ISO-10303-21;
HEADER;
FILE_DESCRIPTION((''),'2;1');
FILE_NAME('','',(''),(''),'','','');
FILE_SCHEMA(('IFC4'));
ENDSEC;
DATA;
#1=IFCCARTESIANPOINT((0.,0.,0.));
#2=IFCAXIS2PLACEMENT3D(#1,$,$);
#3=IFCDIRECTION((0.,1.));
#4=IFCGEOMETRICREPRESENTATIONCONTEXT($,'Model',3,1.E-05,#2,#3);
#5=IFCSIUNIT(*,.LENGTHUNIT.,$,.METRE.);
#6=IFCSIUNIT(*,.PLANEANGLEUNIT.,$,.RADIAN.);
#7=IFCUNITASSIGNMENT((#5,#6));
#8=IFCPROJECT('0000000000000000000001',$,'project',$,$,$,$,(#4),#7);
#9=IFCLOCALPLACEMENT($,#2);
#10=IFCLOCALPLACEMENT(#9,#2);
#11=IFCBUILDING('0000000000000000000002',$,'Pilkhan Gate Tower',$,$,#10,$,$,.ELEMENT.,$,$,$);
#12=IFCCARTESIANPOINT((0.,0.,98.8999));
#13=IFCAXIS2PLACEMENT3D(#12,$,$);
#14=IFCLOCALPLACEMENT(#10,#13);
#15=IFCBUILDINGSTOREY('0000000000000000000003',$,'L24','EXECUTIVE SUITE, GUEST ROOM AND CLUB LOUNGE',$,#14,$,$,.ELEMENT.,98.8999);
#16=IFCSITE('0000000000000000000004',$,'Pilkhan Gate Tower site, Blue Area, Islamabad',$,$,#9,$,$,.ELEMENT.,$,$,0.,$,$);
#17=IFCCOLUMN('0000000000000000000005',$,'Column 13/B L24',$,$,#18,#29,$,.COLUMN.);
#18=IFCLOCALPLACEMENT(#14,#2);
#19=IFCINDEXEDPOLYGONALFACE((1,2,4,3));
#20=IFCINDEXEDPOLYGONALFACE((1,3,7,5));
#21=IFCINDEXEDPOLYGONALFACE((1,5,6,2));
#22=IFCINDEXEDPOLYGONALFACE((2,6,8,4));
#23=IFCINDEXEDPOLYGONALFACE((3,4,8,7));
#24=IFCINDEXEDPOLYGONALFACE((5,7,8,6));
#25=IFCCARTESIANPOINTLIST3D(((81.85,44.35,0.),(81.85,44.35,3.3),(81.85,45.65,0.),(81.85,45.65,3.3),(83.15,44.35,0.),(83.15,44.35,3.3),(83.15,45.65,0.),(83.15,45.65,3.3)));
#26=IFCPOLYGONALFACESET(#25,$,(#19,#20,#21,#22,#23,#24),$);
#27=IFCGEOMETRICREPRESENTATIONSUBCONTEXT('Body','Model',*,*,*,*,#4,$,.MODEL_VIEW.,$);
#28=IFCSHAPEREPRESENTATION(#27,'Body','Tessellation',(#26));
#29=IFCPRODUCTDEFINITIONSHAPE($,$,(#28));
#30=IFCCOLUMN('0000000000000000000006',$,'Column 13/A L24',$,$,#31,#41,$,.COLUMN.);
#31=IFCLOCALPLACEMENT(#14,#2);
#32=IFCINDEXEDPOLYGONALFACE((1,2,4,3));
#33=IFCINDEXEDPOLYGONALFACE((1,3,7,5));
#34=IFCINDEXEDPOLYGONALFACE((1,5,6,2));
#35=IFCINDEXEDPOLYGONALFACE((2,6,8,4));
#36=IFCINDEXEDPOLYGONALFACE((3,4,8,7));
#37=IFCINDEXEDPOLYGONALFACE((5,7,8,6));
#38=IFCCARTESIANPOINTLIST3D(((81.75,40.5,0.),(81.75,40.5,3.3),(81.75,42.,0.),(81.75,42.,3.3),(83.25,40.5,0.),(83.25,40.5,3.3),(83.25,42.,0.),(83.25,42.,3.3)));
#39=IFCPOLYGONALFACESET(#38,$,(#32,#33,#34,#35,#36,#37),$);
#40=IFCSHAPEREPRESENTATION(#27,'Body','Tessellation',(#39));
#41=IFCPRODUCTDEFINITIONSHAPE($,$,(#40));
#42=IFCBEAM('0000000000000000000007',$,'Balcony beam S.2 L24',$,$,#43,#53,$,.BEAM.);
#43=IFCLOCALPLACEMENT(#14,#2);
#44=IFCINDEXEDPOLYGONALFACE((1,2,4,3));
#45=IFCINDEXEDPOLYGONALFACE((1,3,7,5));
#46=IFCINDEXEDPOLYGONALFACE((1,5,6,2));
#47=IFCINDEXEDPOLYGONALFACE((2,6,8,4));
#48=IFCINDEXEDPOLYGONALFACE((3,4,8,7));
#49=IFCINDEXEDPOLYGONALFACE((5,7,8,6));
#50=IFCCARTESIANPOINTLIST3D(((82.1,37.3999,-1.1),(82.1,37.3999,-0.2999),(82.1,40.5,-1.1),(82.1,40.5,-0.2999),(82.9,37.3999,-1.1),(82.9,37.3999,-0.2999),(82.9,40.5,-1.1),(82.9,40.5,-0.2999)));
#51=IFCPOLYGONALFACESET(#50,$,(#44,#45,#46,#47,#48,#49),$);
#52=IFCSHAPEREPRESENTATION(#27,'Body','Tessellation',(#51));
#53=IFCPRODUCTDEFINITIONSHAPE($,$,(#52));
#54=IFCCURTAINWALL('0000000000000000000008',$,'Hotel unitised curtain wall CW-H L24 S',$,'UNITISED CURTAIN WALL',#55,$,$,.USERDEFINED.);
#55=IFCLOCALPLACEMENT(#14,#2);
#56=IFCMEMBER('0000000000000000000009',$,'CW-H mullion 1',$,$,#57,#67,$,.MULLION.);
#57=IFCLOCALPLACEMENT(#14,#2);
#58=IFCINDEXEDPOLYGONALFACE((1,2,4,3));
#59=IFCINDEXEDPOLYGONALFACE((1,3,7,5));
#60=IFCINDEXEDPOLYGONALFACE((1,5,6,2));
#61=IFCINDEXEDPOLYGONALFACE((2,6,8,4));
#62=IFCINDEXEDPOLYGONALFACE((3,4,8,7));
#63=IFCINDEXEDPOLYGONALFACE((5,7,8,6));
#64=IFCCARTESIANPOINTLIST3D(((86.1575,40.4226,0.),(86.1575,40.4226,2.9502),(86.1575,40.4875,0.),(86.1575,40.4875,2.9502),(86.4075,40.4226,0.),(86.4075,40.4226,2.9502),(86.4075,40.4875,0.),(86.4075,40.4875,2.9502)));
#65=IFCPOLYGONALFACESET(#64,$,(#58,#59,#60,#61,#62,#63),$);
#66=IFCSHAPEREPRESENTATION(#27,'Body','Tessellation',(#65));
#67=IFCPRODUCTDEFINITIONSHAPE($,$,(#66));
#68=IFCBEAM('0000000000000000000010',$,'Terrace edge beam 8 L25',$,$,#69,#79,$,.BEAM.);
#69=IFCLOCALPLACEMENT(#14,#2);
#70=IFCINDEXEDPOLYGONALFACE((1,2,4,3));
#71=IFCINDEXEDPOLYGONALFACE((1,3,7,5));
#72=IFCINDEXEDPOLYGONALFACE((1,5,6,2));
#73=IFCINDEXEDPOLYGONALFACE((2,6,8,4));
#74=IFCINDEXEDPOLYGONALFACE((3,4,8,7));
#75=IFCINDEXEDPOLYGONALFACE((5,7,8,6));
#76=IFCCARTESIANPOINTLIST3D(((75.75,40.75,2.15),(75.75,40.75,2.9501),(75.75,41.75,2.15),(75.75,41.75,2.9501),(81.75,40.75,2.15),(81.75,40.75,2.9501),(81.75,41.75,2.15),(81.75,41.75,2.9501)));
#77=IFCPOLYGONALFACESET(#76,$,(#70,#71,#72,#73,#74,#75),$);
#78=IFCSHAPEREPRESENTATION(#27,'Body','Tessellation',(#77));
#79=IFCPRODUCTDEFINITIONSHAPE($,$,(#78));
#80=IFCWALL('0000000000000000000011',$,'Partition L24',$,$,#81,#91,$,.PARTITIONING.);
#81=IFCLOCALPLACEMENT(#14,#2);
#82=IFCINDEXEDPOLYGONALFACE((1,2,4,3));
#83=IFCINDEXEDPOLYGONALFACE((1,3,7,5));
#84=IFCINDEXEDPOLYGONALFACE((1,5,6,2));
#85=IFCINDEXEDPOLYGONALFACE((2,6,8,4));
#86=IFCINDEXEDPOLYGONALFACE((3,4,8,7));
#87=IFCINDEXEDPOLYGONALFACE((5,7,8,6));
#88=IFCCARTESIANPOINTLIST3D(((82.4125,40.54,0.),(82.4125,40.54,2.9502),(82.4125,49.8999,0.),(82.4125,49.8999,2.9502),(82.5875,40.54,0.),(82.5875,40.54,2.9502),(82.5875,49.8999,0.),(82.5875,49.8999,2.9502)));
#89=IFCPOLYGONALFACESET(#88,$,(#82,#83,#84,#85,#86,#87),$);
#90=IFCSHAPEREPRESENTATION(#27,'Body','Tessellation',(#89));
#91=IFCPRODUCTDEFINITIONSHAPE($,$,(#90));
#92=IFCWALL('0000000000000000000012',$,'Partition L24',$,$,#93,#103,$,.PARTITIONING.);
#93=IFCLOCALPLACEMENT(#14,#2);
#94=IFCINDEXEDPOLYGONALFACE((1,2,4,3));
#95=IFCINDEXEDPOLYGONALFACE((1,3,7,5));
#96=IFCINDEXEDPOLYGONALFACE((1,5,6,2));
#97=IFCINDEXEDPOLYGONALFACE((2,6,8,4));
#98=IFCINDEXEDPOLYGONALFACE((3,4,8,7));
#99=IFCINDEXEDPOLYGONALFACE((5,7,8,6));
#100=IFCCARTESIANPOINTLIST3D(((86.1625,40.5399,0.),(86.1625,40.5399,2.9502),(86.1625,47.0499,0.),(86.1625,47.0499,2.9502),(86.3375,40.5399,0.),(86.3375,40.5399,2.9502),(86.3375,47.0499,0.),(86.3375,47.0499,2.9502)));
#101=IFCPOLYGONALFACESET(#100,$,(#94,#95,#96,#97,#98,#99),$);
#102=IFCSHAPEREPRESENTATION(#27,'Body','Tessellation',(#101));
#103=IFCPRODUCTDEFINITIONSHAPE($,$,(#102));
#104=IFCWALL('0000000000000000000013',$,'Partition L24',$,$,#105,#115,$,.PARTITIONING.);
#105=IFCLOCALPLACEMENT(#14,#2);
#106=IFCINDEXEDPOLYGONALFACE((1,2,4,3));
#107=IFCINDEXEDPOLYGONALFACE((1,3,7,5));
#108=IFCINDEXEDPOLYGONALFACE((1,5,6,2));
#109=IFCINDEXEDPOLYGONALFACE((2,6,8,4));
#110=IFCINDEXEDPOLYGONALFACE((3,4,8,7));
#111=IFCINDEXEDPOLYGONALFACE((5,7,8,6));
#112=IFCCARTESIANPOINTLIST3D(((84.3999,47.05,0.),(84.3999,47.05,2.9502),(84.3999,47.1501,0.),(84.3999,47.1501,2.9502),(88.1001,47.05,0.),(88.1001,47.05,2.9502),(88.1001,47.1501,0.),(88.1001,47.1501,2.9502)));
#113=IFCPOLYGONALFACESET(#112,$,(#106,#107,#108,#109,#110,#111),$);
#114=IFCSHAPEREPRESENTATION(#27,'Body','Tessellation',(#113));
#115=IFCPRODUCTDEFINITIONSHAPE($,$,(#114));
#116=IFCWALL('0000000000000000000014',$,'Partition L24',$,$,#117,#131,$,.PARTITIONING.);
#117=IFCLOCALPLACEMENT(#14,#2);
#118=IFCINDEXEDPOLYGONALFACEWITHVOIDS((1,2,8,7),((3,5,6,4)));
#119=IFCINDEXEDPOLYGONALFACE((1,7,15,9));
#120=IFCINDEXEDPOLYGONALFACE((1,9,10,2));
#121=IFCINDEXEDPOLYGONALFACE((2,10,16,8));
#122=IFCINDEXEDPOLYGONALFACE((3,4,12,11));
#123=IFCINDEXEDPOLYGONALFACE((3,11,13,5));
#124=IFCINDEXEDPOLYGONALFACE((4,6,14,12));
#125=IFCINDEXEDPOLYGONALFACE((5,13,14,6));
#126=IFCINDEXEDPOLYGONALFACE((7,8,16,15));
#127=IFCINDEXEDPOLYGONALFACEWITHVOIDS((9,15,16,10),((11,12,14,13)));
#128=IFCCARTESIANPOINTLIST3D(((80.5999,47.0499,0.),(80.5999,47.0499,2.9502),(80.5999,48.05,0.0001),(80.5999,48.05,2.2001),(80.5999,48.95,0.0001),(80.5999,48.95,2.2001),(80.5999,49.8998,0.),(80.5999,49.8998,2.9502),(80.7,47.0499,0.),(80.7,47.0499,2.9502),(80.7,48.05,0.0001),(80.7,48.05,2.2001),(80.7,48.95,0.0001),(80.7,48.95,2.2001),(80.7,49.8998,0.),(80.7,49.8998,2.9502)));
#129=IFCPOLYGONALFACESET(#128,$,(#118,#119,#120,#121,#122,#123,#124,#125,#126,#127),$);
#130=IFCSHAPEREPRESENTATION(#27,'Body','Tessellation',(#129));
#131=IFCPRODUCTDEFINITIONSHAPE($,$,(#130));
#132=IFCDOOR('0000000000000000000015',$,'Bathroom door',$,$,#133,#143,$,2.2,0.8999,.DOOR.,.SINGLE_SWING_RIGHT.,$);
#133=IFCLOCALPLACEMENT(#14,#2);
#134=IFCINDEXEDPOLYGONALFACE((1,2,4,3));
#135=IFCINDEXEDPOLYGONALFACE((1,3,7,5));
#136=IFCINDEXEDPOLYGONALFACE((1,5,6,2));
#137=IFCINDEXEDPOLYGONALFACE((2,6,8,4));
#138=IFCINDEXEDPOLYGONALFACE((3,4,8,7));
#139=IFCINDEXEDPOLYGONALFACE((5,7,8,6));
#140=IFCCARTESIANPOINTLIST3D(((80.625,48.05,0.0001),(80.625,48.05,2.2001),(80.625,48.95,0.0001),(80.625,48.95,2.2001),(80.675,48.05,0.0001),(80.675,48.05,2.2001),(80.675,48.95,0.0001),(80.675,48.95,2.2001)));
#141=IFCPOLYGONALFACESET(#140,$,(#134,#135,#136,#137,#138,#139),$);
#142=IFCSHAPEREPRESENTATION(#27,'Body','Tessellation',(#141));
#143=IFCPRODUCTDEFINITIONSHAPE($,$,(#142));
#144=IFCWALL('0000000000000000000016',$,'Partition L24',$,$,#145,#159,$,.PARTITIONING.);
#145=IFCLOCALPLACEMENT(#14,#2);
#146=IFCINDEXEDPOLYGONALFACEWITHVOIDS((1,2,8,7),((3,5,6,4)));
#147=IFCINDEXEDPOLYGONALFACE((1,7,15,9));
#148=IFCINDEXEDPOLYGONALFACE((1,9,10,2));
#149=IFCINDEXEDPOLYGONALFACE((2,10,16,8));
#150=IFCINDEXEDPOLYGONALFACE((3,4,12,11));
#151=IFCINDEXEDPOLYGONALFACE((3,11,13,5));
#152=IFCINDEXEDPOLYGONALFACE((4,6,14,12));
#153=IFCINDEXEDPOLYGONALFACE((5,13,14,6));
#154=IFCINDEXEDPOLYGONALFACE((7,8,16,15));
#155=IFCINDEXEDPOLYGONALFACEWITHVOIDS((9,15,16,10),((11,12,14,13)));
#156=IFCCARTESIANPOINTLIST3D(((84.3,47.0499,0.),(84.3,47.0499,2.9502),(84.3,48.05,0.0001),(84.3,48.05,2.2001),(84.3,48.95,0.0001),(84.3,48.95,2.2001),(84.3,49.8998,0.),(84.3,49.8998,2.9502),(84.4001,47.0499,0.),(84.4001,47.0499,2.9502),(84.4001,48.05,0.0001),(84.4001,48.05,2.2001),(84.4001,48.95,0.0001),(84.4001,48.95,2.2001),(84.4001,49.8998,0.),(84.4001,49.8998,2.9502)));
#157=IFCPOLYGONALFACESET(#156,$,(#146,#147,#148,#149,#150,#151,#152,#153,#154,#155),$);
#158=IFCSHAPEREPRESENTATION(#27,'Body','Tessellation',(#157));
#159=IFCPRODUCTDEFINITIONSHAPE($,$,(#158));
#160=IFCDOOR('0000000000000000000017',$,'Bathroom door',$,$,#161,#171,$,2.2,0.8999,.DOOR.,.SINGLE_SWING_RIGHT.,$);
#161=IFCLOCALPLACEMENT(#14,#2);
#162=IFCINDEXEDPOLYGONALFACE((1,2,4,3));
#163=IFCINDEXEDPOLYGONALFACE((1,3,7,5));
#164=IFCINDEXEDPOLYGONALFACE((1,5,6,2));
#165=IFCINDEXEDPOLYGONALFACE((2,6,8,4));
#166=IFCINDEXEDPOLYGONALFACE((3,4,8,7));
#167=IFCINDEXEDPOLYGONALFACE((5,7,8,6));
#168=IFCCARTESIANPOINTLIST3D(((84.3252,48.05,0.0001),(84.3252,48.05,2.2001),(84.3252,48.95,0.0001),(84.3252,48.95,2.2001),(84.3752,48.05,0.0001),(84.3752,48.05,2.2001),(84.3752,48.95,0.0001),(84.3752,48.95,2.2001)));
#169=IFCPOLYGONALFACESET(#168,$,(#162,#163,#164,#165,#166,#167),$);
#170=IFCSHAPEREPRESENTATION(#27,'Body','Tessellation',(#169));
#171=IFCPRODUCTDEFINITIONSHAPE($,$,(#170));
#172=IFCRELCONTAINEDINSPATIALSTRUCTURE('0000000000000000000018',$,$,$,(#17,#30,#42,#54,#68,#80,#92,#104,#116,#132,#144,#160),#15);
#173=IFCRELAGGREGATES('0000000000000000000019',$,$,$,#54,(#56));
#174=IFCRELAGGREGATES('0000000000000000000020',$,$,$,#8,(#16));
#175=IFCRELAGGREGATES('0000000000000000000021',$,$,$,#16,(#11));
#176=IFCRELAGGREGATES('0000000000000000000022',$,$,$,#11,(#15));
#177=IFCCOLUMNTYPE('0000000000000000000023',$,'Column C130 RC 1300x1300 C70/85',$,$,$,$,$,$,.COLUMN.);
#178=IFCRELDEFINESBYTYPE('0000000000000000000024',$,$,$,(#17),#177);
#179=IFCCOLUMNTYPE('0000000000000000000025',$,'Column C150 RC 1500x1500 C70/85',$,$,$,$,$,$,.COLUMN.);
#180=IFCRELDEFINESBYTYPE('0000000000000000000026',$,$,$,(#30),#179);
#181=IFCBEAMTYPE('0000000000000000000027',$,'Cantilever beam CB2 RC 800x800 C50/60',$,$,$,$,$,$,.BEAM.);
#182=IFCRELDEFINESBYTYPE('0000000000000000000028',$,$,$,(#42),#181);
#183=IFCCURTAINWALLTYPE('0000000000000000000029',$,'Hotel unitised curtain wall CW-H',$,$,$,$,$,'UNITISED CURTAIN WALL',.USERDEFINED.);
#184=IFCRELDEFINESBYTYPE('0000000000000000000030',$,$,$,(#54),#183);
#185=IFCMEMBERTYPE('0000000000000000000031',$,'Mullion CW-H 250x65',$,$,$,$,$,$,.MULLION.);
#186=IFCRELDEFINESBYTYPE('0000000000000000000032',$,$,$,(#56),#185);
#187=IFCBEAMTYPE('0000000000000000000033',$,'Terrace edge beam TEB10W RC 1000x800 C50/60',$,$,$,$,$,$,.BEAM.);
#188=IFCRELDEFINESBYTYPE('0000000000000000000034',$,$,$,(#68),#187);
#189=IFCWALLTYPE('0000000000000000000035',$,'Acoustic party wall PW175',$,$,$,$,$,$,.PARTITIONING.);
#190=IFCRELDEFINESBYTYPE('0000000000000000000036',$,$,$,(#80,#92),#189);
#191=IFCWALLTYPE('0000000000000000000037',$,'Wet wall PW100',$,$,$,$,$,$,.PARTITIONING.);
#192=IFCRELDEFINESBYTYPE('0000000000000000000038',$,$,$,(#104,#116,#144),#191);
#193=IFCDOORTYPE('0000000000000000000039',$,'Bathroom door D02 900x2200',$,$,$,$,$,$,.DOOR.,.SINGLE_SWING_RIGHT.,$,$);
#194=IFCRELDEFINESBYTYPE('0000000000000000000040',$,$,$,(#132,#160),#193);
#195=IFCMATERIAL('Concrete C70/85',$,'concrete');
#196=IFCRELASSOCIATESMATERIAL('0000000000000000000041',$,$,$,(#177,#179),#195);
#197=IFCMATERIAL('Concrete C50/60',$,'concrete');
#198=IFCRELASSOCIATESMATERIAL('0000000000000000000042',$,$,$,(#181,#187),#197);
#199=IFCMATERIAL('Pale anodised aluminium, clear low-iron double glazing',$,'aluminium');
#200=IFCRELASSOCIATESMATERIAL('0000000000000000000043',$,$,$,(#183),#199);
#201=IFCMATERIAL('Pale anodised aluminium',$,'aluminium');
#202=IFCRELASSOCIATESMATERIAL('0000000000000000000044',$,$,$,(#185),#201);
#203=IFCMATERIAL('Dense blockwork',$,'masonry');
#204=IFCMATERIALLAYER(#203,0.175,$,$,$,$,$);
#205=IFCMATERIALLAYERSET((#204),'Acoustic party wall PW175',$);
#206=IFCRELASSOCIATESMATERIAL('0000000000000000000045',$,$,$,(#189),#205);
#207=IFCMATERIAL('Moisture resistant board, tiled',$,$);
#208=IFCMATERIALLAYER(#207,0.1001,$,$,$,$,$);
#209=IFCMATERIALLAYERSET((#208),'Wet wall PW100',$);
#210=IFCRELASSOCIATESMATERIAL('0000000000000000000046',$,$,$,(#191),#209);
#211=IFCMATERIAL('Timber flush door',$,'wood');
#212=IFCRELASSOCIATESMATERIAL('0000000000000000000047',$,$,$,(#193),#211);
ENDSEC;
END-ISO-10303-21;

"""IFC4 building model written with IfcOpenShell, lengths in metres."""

from ifc_helpers import new_model, si_unit, direction, frame, frame_2d, origin, origin_2d, place, context, subcontext, project, spatial, rectangle, extrude, material, layer, layer_set, material_profile, profile_set, type_object, element, fill, aggregate, save


model = new_model("IFC4")

# Units and contexts
model_context = context("Model", 3, precision=1e-05, world=origin(), true_north=direction((0.0, 1.0)))
body_context = subcontext(model_context, "Body", "Model", "MODEL_VIEW")
ifc_project = project(units=[si_unit("LENGTHUNIT", "METRE"), si_unit("PLANEANGLEUNIT", "RADIAN")], contexts=[model_context])

# Site, building, storey
site_placement = place(None, origin())
site = spatial("IfcSite", under=ifc_project, at=site_placement, Name="Pilkhan Gate Tower site, Blue Area, Islamabad", CompositionType="ELEMENT", RefElevation=0.0)
building_placement = place(site_placement, origin())
building = spatial("IfcBuilding", under=site, at=building_placement, Name="Pilkhan Gate Tower", CompositionType="ELEMENT")
storey_placement = place(building_placement, frame((0.0, 0.0, 98.8999)))
storey = spatial("IfcBuildingStorey", under=building, at=storey_placement, Name="L24", Description="EXECUTIVE SUITE, GUEST ROOM AND CLUB LOUNGE", CompositionType="ELEMENT", Elevation=98.8999)

# Columns
ifc_material_1 = material(Name="Concrete C70/85", Category="concrete")
ifc_material_profile_1 = material_profile(ifc_material_1, rectangle(XDim=1.3, YDim=1.3, at=origin_2d()), Name="RC 1300x1300")
ifc_profile_set_1 = profile_set([ifc_material_profile_1], Name="Concrete C70/85")
column_type_1 = type_object("IfcColumnType", Name="Column C130 RC 1300x1300 C70/85", PredefinedType="COLUMN", material=ifc_profile_set_1)
column_1_placement = place(storey_placement, frame((82.5, 45.0, 0.0), z_axis=(0.0, 0.0, 1.0), x_axis=(1.0, 0.0, 0.0)))
element("IfcColumn", 1, at=column_1_placement, inside=storey, type_object=column_type_1, Name="Column 13/B L24", PredefinedType="COLUMN", context=body_context, shape_type="SweptSolid", body=[
    extrude(rectangle(XDim=1.3, YDim=1.3, at=origin_2d()), origin(), (0.0, 0.0, 1.0), 3.3),
])
ifc_material_profile_2 = material_profile(ifc_material_1, rectangle(XDim=1.5, YDim=1.5, at=origin_2d()), Name="RC 1500x1500")
ifc_profile_set_2 = profile_set([ifc_material_profile_2], Name="Concrete C70/85")
column_type_2 = type_object("IfcColumnType", Name="Column C150 RC 1500x1500 C70/85", PredefinedType="COLUMN", material=ifc_profile_set_2)
column_2_placement = place(storey_placement, frame((82.5, 41.25, 0.0), z_axis=(0.0, 0.0, 1.0), x_axis=(1.0, 0.0, 0.0)))
element("IfcColumn", 2, at=column_2_placement, inside=storey, type_object=column_type_2, Name="Column 13/A L24", PredefinedType="COLUMN", context=body_context, shape_type="SweptSolid", body=[
    extrude(rectangle(XDim=1.5, YDim=1.5, at=origin_2d()), origin(), (0.0, 0.0, 1.0), 3.3),
])

# Beam
ifc_material_2 = material(Name="Concrete C50/60", Category="concrete")
ifc_material_profile_3 = material_profile(ifc_material_2, rectangle(XDim=0.8, YDim=0.8, at=origin_2d()), Name="RC 800x800")
ifc_profile_set_3 = profile_set([ifc_material_profile_3], Name="Concrete C50/60")
beam_type_1 = type_object("IfcBeamType", Name="Cantilever beam CB2 RC 800x800 C50/60", PredefinedType="BEAM", material=ifc_profile_set_3)
beam_1_placement = place(storey_placement, frame((82.5, 40.5, -0.7), z_axis=(0.0, -1.0, 0.0), x_axis=(1.0, 0.0, 0.0)))
element("IfcBeam", 3, at=beam_1_placement, inside=storey, type_object=beam_type_1, Name="Balcony beam S.2 L24", PredefinedType="BEAM", context=body_context, shape_type="SweptSolid", body=[
    extrude(rectangle(XDim=0.8, YDim=0.8, at=origin_2d()), origin(), (0.0, 0.0, 1.0), 3.1001),
])

# Curtain wall, member
ifc_material_3 = material(Name="Pale anodised aluminium, clear low-iron double glazing", Category="aluminium")
curtain_wall_type = type_object("IfcCurtainWallType", Name="Hotel unitised curtain wall CW-H", ElementType="UNITISED CURTAIN WALL", PredefinedType="USERDEFINED", material=ifc_material_3)
curtain_wall_placement = place(storey_placement, origin())
curtain_wall = element("IfcCurtainWall", 4, at=curtain_wall_placement, inside=storey, type_object=curtain_wall_type, Name="Hotel unitised curtain wall CW-H L24 S", ObjectType="UNITISED CURTAIN WALL", PredefinedType="USERDEFINED")
ifc_material_4 = material(Name="Pale anodised aluminium", Category="aluminium")
ifc_material_profile_4 = material_profile(ifc_material_4, rectangle(XDim=0.0649, YDim=0.25, at=origin_2d()), Name="Mullion 250x65")
ifc_profile_set_4 = profile_set([ifc_material_profile_4], Name="Pale anodised aluminium")
member_type = type_object("IfcMemberType", Name="Mullion CW-H 250x65", PredefinedType="MULLION", material=ifc_profile_set_4)
member_placement = place(storey_placement, frame((86.2825, 40.4551, 0.0), z_axis=(0.0, 0.0, 1.0), x_axis=(0.0, 1.0, 0.0)))
member = element("IfcMember", 5, at=member_placement, type_object=member_type, Name="CW-H mullion 1", PredefinedType="MULLION", context=body_context, shape_type="SweptSolid", body=[
    extrude(rectangle(XDim=0.0649, YDim=0.25, at=origin_2d()), origin(), (0.0, 0.0, 1.0), 2.9502),
])
aggregate(curtain_wall, [member])

# Beam
ifc_material_profile_5 = material_profile(ifc_material_2, rectangle(XDim=1.0, YDim=0.8, at=origin_2d()), Name="RC 1000x800")
ifc_profile_set_5 = profile_set([ifc_material_profile_5], Name="Concrete C50/60")
beam_type_2 = type_object("IfcBeamType", Name="Terrace edge beam TEB10W RC 1000x800 C50/60", PredefinedType="BEAM", material=ifc_profile_set_5)
beam_2_placement = place(storey_placement, frame((81.75, 41.25, 2.55), z_axis=(-1.0, 0.0, 0.0), x_axis=(0.0, -1.0, 0.0)))
element("IfcBeam", 6, at=beam_2_placement, inside=storey, type_object=beam_type_2, Name="Terrace edge beam 8 L25", PredefinedType="BEAM", context=body_context, shape_type="SweptSolid", body=[
    extrude(rectangle(XDim=1.0, YDim=0.8, at=origin_2d()), origin(), (0.0, 0.0, 1.0), 6.0),
])

# Walls
ifc_material_5 = material(Name="Dense blockwork", Category="masonry")
ifc_layer_1 = layer(ifc_material_5, 0.175)
ifc_layer_set_1 = layer_set([ifc_layer_1], Name="Acoustic party wall PW175")
wall_type_1 = type_object("IfcWallType", Name="Acoustic party wall PW175", PredefinedType="PARTITIONING", material=ifc_layer_set_1)
wall_1_placement = place(storey_placement, frame((82.5, 40.54, 0.0), z_axis=(0.0, 0.0, 1.0), x_axis=(0.0, 1.0, 0.0)))
element("IfcWall", 7, at=wall_1_placement, inside=storey, type_object=wall_type_1, Name="Partition L24", PredefinedType="PARTITIONING", context=body_context, shape_type="SweptSolid", body=[
    extrude(rectangle(XDim=9.3599, YDim=0.175, at=frame_2d((4.6799, 0.0))), origin(), (0.0, 0.0, 1.0), 2.9502),
])
wall_2_placement = place(storey_placement, frame((86.25, 40.54, 0.0), z_axis=(0.0, 0.0, 1.0), x_axis=(0.0, 1.0, 0.0)))
element("IfcWall", 8, at=wall_2_placement, inside=storey, type_object=wall_type_1, Name="Partition L24", PredefinedType="PARTITIONING", context=body_context, shape_type="SweptSolid", body=[
    extrude(rectangle(XDim=6.51, YDim=0.175, at=frame_2d((3.2549, 0.0))), origin(), (0.0, 0.0, 1.0), 2.9502),
])

# Wall
ifc_material_6 = material(Name="Moisture resistant board, tiled")
ifc_layer_2 = layer(ifc_material_6, 0.1001)
ifc_layer_set_2 = layer_set([ifc_layer_2], Name="Wet wall PW100")
wall_type_2 = type_object("IfcWallType", Name="Wet wall PW100", PredefinedType="PARTITIONING", material=ifc_layer_set_2)
wall_3_placement = place(storey_placement, frame((84.3999, 47.1001, 0.0), z_axis=(0.0, 0.0, 1.0), x_axis=(1.0, 0.0, 0.0)))
element("IfcWall", 9, at=wall_3_placement, inside=storey, type_object=wall_type_2, Name="Partition L24", PredefinedType="PARTITIONING", context=body_context, shape_type="SweptSolid", body=[
    extrude(rectangle(XDim=3.7002, YDim=0.1001, at=frame_2d((1.8501, 0.0))), origin(), (0.0, 0.0, 1.0), 2.9502),
])

# Walls, openings, doors
wall_4_placement = place(storey_placement, frame((80.6499, 47.05, 0.0), z_axis=(0.0, 0.0, 1.0), x_axis=(0.0, 1.0, 0.0)))
wall_4 = element("IfcWall", 10, at=wall_4_placement, inside=storey, type_object=wall_type_2, Name="Partition L24", PredefinedType="PARTITIONING", context=body_context, shape_type="SweptSolid", body=[
    extrude(rectangle(XDim=2.8499, YDim=0.1001, at=frame_2d((1.4248, 0.0))), origin(), (0.0, 0.0, 1.0), 2.9502),
])
opening_1_placement = place(wall_4_placement, frame((1.0, 0.0, 0.0)))
opening_1 = element("IfcOpeningElement", 11, at=opening_1_placement, cuts=wall_4, PredefinedType="OPENING", context=body_context, shape_type="SweptSolid", body=[
    extrude(rectangle(XDim=0.8999, YDim=2.2, at=frame_2d((0.45, 1.1001))), frame((0.0, 0.0601, 0.0), z_axis=(0.0, -1.0, 0.0), x_axis=(1.0, 0.0, 0.0)), (0.0, 0.0, 1.0), 0.1201),
])
ifc_material_7 = material(Name="Timber flush door", Category="wood")
door_type_1 = type_object("IfcDoorType", Name="Bathroom door D02 900x2200", OperationType="SINGLE_SWING_RIGHT", PredefinedType="DOOR", material=ifc_material_7)
door_1_placement = place(opening_1_placement, origin())
door_1 = element("IfcDoor", 12, at=door_1_placement, inside=storey, type_object=door_type_1, Name="Bathroom door", OperationType="SINGLE_SWING_RIGHT", OverallHeight=2.2, OverallWidth=0.8999, PredefinedType="DOOR", context=body_context, shape_type="SweptSolid", body=[
    extrude(rectangle(XDim=0.8999, YDim=2.2, at=frame_2d((0.45, 1.1001))), frame((0.0, 0.0249, 0.0), z_axis=(0.0, -1.0, 0.0), x_axis=(1.0, 0.0, 0.0)), (0.0, 0.0, 1.0), 0.05),
])
fill(opening_1, door_1)
wall_5_placement = place(storey_placement, frame((84.3501, 47.05, 0.0), z_axis=(0.0, 0.0, 1.0), x_axis=(0.0, 1.0, 0.0)))
wall_5 = element("IfcWall", 13, at=wall_5_placement, inside=storey, type_object=wall_type_2, Name="Partition L24", PredefinedType="PARTITIONING", context=body_context, shape_type="SweptSolid", body=[
    extrude(rectangle(XDim=2.8499, YDim=0.1001, at=frame_2d((1.4248, 0.0))), origin(), (0.0, 0.0, 1.0), 2.9502),
])
opening_2_placement = place(wall_5_placement, frame((1.0, 0.0, 0.0)))
opening_2 = element("IfcOpeningElement", 14, at=opening_2_placement, cuts=wall_5, PredefinedType="OPENING", context=body_context, shape_type="SweptSolid", body=[
    extrude(rectangle(XDim=0.8999, YDim=2.2, at=frame_2d((0.45, 1.1001))), frame((0.0, 0.0601, 0.0), z_axis=(0.0, -1.0, 0.0), x_axis=(1.0, 0.0, 0.0)), (0.0, 0.0, 1.0), 0.1201),
])
door_2_placement = place(opening_2_placement, origin())
door_2 = element("IfcDoor", 15, at=door_2_placement, inside=storey, type_object=door_type_1, Name="Bathroom door", OperationType="SINGLE_SWING_RIGHT", OverallHeight=2.2, OverallWidth=0.8999, PredefinedType="DOOR", context=body_context, shape_type="SweptSolid", body=[
    extrude(rectangle(XDim=0.8999, YDim=2.2, at=frame_2d((0.45, 1.1001))), frame((0.0, 0.0249, 0.0), z_axis=(0.0, -1.0, 0.0), x_axis=(1.0, 0.0, 0.0)), (0.0, 0.0, 1.0), 0.05),
])
fill(opening_2, door_2)

save(model, "model.ifc")
